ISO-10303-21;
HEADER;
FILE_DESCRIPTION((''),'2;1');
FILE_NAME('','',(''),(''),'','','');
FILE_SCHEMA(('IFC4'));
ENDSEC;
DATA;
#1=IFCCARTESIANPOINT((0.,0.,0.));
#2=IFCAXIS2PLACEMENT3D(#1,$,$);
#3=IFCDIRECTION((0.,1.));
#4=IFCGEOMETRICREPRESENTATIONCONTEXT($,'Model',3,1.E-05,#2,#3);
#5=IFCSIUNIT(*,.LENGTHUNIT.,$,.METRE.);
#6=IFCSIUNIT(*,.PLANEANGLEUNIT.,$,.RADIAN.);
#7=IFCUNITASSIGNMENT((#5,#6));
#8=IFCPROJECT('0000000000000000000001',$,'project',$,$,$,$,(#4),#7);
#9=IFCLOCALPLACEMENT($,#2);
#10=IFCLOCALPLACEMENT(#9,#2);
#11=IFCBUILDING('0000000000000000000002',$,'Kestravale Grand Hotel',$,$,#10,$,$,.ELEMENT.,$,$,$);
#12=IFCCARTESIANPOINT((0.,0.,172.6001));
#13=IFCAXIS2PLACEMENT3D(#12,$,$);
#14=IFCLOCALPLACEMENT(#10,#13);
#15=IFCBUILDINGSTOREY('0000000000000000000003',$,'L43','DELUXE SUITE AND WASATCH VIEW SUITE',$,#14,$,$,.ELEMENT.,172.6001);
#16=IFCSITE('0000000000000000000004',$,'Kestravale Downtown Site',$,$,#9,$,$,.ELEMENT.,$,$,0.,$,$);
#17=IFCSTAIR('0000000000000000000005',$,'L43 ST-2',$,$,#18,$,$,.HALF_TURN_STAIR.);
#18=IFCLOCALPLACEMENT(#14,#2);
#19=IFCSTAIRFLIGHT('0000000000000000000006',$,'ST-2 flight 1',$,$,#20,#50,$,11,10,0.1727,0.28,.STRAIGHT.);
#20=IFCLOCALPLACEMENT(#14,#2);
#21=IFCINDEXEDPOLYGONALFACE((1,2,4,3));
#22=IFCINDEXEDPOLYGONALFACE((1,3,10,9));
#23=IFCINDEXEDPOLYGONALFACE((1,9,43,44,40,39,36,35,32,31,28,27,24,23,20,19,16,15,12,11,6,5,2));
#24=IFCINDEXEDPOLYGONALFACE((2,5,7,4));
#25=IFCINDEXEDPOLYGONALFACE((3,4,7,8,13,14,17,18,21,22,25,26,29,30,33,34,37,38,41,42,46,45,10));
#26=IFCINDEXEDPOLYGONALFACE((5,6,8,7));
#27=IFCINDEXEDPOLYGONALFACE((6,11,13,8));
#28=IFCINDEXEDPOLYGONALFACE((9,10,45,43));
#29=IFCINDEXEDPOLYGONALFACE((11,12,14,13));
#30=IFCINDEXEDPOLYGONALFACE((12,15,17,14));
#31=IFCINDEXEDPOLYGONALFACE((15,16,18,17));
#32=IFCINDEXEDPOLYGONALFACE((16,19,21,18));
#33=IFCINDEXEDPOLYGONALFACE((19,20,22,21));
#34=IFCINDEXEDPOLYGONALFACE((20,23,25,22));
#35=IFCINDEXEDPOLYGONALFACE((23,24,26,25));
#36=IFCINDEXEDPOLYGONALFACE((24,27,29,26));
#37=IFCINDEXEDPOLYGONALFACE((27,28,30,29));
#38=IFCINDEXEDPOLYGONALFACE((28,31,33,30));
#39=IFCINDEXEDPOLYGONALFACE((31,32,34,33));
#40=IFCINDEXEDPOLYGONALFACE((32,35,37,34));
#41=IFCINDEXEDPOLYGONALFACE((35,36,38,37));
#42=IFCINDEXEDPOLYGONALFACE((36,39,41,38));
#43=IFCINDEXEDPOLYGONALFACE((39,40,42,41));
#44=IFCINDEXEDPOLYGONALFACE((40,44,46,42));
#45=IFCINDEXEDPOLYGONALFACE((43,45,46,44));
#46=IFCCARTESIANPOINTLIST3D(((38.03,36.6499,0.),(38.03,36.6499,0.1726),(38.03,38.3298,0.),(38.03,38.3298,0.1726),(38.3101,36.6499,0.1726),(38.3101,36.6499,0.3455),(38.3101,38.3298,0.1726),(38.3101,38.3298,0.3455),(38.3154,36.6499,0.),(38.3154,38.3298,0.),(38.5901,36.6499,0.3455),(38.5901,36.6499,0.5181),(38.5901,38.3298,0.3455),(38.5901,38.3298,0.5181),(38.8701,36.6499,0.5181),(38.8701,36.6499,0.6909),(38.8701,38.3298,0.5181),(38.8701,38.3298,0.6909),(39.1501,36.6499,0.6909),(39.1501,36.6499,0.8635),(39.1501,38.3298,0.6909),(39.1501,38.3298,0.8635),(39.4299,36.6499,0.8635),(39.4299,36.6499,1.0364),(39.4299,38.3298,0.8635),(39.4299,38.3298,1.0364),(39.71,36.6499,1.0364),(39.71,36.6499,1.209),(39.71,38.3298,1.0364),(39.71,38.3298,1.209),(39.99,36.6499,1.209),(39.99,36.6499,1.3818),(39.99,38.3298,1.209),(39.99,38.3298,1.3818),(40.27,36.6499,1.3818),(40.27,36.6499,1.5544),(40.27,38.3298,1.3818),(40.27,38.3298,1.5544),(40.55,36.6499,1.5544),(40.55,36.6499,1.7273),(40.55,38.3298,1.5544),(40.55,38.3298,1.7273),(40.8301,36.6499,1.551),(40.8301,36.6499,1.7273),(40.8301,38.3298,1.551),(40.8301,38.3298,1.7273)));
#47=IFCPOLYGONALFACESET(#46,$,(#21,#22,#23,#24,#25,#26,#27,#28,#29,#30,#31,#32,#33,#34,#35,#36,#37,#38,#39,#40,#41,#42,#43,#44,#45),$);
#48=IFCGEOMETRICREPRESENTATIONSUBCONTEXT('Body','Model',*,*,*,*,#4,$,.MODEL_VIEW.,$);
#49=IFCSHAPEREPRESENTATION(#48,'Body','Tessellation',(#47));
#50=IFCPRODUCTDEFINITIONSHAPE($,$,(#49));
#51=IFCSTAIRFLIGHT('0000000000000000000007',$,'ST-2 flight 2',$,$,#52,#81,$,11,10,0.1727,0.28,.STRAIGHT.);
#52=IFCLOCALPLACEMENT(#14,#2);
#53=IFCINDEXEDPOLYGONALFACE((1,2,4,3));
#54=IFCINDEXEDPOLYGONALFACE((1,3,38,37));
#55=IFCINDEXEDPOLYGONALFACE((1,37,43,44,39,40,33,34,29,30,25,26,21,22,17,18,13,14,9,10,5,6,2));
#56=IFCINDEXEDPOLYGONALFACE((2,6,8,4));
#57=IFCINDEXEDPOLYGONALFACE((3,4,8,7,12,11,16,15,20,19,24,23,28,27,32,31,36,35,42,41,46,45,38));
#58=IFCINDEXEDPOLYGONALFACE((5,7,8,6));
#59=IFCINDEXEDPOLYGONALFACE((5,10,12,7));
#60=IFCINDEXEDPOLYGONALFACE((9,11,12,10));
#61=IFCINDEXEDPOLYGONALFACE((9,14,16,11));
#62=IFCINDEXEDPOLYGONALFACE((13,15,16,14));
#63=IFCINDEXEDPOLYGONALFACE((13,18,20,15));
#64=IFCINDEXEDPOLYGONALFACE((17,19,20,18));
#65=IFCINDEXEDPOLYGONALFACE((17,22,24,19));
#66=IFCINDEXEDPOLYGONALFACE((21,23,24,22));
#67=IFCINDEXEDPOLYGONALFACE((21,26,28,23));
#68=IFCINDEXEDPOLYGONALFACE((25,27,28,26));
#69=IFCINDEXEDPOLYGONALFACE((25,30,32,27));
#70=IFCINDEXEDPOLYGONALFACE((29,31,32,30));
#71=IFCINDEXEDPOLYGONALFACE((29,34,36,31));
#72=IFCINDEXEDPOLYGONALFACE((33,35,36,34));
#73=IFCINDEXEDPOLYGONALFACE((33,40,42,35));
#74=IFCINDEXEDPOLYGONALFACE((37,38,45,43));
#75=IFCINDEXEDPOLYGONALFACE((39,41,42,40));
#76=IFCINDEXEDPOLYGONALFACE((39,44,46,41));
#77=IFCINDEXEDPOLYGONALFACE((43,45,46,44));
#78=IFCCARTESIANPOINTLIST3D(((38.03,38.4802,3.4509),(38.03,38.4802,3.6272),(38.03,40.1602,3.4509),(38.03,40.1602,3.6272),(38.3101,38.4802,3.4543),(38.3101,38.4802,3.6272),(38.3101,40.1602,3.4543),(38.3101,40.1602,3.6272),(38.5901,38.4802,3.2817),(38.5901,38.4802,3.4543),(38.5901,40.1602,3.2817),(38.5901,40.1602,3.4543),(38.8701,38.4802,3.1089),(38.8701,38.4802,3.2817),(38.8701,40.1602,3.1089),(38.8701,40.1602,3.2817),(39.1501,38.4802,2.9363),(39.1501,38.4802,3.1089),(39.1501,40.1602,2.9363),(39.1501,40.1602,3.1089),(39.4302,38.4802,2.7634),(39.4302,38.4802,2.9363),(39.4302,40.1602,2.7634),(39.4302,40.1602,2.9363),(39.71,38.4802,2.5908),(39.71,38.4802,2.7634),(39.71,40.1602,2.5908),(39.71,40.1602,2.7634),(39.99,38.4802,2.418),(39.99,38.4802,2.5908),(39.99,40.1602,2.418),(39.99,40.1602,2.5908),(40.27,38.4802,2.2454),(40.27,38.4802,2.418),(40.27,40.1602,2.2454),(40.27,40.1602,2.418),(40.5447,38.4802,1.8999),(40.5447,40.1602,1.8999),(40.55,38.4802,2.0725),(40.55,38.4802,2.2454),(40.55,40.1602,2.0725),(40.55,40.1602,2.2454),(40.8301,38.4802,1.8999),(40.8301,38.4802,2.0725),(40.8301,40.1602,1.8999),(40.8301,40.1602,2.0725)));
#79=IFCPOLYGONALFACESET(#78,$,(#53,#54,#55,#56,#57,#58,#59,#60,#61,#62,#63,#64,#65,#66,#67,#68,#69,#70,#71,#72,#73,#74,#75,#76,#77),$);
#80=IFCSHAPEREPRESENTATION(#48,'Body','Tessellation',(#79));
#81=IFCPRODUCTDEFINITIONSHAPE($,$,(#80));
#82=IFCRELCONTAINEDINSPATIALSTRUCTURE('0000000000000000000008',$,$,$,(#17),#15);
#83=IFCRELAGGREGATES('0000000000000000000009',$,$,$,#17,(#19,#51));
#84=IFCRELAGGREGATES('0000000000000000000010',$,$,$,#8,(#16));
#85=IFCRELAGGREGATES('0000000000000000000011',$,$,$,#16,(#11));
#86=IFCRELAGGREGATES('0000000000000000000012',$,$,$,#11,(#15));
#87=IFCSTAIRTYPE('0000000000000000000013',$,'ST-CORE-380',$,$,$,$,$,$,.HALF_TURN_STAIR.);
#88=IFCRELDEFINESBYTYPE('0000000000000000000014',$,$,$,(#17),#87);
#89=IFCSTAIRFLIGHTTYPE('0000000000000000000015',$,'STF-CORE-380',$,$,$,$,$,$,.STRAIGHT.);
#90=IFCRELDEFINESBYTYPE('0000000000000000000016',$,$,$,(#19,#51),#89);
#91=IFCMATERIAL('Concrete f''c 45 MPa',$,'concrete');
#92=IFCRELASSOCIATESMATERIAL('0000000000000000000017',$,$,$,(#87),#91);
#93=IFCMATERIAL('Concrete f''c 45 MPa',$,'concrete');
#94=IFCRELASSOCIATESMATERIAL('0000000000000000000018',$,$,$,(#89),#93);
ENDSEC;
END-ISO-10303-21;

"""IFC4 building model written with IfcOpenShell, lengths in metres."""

from ifc_helpers import new_model, si_unit, direction, frame, origin, place, context, subcontext, project, spatial, polyline, outline, extrude, material, type_object, element, aggregate, save


model = new_model("IFC4")

# Units and contexts
model_context = context("Model", 3, precision=1e-05, world=origin(), true_north=direction((0.0, 1.0)))
body_context = subcontext(model_context, "Body", "Model", "MODEL_VIEW")
ifc_project = project(units=[si_unit("LENGTHUNIT", "METRE"), si_unit("PLANEANGLEUNIT", "RADIAN")], contexts=[model_context])

# Site, building, storey
site_placement = place(None, origin())
site = spatial("IfcSite", under=ifc_project, at=site_placement, Name="Kestravale Downtown Site", CompositionType="ELEMENT", RefElevation=0.0)
building_placement = place(site_placement, origin())
building = spatial("IfcBuilding", under=site, at=building_placement, Name="Kestravale Grand Hotel", CompositionType="ELEMENT")
storey_placement = place(building_placement, frame((0.0, 0.0, 172.6001)))
storey = spatial("IfcBuildingStorey", under=building, at=storey_placement, Name="L43", Description="DELUXE SUITE AND WASATCH VIEW SUITE", CompositionType="ELEMENT", Elevation=172.6001)

# Stair, stair flights
ifc_material_1 = material(Name="Concrete f'c 45 MPa", Category="concrete")
stair_type = type_object("IfcStairType", Name="ST-CORE-380", PredefinedType="HALF_TURN_STAIR", material=ifc_material_1)
stair_placement = place(storey_placement, origin())
stair = element("IfcStair", 1, at=stair_placement, inside=storey, type_object=stair_type, Name="L43 ST-2", PredefinedType="HALF_TURN_STAIR")
ifc_material_2 = material(Name="Concrete f'c 45 MPa", Category="concrete")
stair_flight_type = type_object("IfcStairFlightType", Name="STF-CORE-380", PredefinedType="STRAIGHT", material=ifc_material_2)
stair_flight_1_placement = place(storey_placement, frame((38.03, 37.49, 0.0), z_axis=(0.0, 0.0, 1.0), x_axis=(1.0, 0.0, 0.0)))
stair_flight_1 = element("IfcStairFlight", 2, at=stair_flight_1_placement, type_object=stair_flight_type, Name="ST-2 flight 1", NumberOfRisers=11, NumberOfTreads=10, PredefinedType="STRAIGHT", RiserHeight=0.1727, TreadLength=0.28, context=body_context, shape_type="SweptSolid", body=[
    extrude(outline(polyline([(0.0, 0.0), (0.0, 0.1726), (0.28, 0.1726), (0.28, 0.3455), (0.5601, 0.3455), (0.5601, 0.5181), (0.8401, 0.5181), (0.8401, 0.6909), (1.1201, 0.6909), (1.1201, 0.8635), (1.3999, 0.8635), (1.3999, 1.0364), (1.6799, 1.0364), (1.6799, 1.209), (1.96, 1.209), (1.96, 1.3818), (2.24, 1.3818), (2.24, 1.5544), (2.52, 1.5544), (2.52, 1.7273), (2.8, 1.7273), (2.8, 1.8999), (2.8, 1.551), (0.2854, 0.0), (0.0, 0.0)])), frame((0.0, 0.8398, 0.0), z_axis=(0.0, -1.0, 0.0), x_axis=(1.0, 0.0, 0.0)), (0.0, 0.0, 1.0), 1.6799),
])
stair_flight_2_placement = place(storey_placement, frame((40.8301, 39.3201, 1.8999), z_axis=(0.0, 0.0, 1.0), x_axis=(-1.0, 0.0, 0.0)))
stair_flight_2 = element("IfcStairFlight", 3, at=stair_flight_2_placement, type_object=stair_flight_type, Name="ST-2 flight 2", NumberOfRisers=11, NumberOfTreads=10, PredefinedType="STRAIGHT", RiserHeight=0.1727, TreadLength=0.28, context=body_context, shape_type="SweptSolid", body=[
    extrude(outline(polyline([(0.0, 0.0), (0.0, 0.1726), (0.28, 0.1726), (0.28, 0.3455), (0.5601, 0.3455), (0.5601, 0.5181), (0.8401, 0.5181), (0.8401, 0.6909), (1.1201, 0.6909), (1.1201, 0.8635), (1.3999, 0.8635), (1.3999, 1.0364), (1.6799, 1.0364), (1.6799, 1.209), (1.96, 1.209), (1.96, 1.3818), (2.24, 1.3818), (2.24, 1.5544), (2.52, 1.5544), (2.52, 1.7273), (2.8, 1.7273), (2.8, 1.8999), (2.8, 1.551), (0.2854, 0.0), (0.0, 0.0)])), frame((0.0, 0.8398, 0.0), z_axis=(0.0, -1.0, 0.0), x_axis=(1.0, 0.0, 0.0)), (0.0, 0.0, 1.0), 1.6799),
])
aggregate(stair, [stair_flight_1, stair_flight_2])

save(model, "model.ifc")
